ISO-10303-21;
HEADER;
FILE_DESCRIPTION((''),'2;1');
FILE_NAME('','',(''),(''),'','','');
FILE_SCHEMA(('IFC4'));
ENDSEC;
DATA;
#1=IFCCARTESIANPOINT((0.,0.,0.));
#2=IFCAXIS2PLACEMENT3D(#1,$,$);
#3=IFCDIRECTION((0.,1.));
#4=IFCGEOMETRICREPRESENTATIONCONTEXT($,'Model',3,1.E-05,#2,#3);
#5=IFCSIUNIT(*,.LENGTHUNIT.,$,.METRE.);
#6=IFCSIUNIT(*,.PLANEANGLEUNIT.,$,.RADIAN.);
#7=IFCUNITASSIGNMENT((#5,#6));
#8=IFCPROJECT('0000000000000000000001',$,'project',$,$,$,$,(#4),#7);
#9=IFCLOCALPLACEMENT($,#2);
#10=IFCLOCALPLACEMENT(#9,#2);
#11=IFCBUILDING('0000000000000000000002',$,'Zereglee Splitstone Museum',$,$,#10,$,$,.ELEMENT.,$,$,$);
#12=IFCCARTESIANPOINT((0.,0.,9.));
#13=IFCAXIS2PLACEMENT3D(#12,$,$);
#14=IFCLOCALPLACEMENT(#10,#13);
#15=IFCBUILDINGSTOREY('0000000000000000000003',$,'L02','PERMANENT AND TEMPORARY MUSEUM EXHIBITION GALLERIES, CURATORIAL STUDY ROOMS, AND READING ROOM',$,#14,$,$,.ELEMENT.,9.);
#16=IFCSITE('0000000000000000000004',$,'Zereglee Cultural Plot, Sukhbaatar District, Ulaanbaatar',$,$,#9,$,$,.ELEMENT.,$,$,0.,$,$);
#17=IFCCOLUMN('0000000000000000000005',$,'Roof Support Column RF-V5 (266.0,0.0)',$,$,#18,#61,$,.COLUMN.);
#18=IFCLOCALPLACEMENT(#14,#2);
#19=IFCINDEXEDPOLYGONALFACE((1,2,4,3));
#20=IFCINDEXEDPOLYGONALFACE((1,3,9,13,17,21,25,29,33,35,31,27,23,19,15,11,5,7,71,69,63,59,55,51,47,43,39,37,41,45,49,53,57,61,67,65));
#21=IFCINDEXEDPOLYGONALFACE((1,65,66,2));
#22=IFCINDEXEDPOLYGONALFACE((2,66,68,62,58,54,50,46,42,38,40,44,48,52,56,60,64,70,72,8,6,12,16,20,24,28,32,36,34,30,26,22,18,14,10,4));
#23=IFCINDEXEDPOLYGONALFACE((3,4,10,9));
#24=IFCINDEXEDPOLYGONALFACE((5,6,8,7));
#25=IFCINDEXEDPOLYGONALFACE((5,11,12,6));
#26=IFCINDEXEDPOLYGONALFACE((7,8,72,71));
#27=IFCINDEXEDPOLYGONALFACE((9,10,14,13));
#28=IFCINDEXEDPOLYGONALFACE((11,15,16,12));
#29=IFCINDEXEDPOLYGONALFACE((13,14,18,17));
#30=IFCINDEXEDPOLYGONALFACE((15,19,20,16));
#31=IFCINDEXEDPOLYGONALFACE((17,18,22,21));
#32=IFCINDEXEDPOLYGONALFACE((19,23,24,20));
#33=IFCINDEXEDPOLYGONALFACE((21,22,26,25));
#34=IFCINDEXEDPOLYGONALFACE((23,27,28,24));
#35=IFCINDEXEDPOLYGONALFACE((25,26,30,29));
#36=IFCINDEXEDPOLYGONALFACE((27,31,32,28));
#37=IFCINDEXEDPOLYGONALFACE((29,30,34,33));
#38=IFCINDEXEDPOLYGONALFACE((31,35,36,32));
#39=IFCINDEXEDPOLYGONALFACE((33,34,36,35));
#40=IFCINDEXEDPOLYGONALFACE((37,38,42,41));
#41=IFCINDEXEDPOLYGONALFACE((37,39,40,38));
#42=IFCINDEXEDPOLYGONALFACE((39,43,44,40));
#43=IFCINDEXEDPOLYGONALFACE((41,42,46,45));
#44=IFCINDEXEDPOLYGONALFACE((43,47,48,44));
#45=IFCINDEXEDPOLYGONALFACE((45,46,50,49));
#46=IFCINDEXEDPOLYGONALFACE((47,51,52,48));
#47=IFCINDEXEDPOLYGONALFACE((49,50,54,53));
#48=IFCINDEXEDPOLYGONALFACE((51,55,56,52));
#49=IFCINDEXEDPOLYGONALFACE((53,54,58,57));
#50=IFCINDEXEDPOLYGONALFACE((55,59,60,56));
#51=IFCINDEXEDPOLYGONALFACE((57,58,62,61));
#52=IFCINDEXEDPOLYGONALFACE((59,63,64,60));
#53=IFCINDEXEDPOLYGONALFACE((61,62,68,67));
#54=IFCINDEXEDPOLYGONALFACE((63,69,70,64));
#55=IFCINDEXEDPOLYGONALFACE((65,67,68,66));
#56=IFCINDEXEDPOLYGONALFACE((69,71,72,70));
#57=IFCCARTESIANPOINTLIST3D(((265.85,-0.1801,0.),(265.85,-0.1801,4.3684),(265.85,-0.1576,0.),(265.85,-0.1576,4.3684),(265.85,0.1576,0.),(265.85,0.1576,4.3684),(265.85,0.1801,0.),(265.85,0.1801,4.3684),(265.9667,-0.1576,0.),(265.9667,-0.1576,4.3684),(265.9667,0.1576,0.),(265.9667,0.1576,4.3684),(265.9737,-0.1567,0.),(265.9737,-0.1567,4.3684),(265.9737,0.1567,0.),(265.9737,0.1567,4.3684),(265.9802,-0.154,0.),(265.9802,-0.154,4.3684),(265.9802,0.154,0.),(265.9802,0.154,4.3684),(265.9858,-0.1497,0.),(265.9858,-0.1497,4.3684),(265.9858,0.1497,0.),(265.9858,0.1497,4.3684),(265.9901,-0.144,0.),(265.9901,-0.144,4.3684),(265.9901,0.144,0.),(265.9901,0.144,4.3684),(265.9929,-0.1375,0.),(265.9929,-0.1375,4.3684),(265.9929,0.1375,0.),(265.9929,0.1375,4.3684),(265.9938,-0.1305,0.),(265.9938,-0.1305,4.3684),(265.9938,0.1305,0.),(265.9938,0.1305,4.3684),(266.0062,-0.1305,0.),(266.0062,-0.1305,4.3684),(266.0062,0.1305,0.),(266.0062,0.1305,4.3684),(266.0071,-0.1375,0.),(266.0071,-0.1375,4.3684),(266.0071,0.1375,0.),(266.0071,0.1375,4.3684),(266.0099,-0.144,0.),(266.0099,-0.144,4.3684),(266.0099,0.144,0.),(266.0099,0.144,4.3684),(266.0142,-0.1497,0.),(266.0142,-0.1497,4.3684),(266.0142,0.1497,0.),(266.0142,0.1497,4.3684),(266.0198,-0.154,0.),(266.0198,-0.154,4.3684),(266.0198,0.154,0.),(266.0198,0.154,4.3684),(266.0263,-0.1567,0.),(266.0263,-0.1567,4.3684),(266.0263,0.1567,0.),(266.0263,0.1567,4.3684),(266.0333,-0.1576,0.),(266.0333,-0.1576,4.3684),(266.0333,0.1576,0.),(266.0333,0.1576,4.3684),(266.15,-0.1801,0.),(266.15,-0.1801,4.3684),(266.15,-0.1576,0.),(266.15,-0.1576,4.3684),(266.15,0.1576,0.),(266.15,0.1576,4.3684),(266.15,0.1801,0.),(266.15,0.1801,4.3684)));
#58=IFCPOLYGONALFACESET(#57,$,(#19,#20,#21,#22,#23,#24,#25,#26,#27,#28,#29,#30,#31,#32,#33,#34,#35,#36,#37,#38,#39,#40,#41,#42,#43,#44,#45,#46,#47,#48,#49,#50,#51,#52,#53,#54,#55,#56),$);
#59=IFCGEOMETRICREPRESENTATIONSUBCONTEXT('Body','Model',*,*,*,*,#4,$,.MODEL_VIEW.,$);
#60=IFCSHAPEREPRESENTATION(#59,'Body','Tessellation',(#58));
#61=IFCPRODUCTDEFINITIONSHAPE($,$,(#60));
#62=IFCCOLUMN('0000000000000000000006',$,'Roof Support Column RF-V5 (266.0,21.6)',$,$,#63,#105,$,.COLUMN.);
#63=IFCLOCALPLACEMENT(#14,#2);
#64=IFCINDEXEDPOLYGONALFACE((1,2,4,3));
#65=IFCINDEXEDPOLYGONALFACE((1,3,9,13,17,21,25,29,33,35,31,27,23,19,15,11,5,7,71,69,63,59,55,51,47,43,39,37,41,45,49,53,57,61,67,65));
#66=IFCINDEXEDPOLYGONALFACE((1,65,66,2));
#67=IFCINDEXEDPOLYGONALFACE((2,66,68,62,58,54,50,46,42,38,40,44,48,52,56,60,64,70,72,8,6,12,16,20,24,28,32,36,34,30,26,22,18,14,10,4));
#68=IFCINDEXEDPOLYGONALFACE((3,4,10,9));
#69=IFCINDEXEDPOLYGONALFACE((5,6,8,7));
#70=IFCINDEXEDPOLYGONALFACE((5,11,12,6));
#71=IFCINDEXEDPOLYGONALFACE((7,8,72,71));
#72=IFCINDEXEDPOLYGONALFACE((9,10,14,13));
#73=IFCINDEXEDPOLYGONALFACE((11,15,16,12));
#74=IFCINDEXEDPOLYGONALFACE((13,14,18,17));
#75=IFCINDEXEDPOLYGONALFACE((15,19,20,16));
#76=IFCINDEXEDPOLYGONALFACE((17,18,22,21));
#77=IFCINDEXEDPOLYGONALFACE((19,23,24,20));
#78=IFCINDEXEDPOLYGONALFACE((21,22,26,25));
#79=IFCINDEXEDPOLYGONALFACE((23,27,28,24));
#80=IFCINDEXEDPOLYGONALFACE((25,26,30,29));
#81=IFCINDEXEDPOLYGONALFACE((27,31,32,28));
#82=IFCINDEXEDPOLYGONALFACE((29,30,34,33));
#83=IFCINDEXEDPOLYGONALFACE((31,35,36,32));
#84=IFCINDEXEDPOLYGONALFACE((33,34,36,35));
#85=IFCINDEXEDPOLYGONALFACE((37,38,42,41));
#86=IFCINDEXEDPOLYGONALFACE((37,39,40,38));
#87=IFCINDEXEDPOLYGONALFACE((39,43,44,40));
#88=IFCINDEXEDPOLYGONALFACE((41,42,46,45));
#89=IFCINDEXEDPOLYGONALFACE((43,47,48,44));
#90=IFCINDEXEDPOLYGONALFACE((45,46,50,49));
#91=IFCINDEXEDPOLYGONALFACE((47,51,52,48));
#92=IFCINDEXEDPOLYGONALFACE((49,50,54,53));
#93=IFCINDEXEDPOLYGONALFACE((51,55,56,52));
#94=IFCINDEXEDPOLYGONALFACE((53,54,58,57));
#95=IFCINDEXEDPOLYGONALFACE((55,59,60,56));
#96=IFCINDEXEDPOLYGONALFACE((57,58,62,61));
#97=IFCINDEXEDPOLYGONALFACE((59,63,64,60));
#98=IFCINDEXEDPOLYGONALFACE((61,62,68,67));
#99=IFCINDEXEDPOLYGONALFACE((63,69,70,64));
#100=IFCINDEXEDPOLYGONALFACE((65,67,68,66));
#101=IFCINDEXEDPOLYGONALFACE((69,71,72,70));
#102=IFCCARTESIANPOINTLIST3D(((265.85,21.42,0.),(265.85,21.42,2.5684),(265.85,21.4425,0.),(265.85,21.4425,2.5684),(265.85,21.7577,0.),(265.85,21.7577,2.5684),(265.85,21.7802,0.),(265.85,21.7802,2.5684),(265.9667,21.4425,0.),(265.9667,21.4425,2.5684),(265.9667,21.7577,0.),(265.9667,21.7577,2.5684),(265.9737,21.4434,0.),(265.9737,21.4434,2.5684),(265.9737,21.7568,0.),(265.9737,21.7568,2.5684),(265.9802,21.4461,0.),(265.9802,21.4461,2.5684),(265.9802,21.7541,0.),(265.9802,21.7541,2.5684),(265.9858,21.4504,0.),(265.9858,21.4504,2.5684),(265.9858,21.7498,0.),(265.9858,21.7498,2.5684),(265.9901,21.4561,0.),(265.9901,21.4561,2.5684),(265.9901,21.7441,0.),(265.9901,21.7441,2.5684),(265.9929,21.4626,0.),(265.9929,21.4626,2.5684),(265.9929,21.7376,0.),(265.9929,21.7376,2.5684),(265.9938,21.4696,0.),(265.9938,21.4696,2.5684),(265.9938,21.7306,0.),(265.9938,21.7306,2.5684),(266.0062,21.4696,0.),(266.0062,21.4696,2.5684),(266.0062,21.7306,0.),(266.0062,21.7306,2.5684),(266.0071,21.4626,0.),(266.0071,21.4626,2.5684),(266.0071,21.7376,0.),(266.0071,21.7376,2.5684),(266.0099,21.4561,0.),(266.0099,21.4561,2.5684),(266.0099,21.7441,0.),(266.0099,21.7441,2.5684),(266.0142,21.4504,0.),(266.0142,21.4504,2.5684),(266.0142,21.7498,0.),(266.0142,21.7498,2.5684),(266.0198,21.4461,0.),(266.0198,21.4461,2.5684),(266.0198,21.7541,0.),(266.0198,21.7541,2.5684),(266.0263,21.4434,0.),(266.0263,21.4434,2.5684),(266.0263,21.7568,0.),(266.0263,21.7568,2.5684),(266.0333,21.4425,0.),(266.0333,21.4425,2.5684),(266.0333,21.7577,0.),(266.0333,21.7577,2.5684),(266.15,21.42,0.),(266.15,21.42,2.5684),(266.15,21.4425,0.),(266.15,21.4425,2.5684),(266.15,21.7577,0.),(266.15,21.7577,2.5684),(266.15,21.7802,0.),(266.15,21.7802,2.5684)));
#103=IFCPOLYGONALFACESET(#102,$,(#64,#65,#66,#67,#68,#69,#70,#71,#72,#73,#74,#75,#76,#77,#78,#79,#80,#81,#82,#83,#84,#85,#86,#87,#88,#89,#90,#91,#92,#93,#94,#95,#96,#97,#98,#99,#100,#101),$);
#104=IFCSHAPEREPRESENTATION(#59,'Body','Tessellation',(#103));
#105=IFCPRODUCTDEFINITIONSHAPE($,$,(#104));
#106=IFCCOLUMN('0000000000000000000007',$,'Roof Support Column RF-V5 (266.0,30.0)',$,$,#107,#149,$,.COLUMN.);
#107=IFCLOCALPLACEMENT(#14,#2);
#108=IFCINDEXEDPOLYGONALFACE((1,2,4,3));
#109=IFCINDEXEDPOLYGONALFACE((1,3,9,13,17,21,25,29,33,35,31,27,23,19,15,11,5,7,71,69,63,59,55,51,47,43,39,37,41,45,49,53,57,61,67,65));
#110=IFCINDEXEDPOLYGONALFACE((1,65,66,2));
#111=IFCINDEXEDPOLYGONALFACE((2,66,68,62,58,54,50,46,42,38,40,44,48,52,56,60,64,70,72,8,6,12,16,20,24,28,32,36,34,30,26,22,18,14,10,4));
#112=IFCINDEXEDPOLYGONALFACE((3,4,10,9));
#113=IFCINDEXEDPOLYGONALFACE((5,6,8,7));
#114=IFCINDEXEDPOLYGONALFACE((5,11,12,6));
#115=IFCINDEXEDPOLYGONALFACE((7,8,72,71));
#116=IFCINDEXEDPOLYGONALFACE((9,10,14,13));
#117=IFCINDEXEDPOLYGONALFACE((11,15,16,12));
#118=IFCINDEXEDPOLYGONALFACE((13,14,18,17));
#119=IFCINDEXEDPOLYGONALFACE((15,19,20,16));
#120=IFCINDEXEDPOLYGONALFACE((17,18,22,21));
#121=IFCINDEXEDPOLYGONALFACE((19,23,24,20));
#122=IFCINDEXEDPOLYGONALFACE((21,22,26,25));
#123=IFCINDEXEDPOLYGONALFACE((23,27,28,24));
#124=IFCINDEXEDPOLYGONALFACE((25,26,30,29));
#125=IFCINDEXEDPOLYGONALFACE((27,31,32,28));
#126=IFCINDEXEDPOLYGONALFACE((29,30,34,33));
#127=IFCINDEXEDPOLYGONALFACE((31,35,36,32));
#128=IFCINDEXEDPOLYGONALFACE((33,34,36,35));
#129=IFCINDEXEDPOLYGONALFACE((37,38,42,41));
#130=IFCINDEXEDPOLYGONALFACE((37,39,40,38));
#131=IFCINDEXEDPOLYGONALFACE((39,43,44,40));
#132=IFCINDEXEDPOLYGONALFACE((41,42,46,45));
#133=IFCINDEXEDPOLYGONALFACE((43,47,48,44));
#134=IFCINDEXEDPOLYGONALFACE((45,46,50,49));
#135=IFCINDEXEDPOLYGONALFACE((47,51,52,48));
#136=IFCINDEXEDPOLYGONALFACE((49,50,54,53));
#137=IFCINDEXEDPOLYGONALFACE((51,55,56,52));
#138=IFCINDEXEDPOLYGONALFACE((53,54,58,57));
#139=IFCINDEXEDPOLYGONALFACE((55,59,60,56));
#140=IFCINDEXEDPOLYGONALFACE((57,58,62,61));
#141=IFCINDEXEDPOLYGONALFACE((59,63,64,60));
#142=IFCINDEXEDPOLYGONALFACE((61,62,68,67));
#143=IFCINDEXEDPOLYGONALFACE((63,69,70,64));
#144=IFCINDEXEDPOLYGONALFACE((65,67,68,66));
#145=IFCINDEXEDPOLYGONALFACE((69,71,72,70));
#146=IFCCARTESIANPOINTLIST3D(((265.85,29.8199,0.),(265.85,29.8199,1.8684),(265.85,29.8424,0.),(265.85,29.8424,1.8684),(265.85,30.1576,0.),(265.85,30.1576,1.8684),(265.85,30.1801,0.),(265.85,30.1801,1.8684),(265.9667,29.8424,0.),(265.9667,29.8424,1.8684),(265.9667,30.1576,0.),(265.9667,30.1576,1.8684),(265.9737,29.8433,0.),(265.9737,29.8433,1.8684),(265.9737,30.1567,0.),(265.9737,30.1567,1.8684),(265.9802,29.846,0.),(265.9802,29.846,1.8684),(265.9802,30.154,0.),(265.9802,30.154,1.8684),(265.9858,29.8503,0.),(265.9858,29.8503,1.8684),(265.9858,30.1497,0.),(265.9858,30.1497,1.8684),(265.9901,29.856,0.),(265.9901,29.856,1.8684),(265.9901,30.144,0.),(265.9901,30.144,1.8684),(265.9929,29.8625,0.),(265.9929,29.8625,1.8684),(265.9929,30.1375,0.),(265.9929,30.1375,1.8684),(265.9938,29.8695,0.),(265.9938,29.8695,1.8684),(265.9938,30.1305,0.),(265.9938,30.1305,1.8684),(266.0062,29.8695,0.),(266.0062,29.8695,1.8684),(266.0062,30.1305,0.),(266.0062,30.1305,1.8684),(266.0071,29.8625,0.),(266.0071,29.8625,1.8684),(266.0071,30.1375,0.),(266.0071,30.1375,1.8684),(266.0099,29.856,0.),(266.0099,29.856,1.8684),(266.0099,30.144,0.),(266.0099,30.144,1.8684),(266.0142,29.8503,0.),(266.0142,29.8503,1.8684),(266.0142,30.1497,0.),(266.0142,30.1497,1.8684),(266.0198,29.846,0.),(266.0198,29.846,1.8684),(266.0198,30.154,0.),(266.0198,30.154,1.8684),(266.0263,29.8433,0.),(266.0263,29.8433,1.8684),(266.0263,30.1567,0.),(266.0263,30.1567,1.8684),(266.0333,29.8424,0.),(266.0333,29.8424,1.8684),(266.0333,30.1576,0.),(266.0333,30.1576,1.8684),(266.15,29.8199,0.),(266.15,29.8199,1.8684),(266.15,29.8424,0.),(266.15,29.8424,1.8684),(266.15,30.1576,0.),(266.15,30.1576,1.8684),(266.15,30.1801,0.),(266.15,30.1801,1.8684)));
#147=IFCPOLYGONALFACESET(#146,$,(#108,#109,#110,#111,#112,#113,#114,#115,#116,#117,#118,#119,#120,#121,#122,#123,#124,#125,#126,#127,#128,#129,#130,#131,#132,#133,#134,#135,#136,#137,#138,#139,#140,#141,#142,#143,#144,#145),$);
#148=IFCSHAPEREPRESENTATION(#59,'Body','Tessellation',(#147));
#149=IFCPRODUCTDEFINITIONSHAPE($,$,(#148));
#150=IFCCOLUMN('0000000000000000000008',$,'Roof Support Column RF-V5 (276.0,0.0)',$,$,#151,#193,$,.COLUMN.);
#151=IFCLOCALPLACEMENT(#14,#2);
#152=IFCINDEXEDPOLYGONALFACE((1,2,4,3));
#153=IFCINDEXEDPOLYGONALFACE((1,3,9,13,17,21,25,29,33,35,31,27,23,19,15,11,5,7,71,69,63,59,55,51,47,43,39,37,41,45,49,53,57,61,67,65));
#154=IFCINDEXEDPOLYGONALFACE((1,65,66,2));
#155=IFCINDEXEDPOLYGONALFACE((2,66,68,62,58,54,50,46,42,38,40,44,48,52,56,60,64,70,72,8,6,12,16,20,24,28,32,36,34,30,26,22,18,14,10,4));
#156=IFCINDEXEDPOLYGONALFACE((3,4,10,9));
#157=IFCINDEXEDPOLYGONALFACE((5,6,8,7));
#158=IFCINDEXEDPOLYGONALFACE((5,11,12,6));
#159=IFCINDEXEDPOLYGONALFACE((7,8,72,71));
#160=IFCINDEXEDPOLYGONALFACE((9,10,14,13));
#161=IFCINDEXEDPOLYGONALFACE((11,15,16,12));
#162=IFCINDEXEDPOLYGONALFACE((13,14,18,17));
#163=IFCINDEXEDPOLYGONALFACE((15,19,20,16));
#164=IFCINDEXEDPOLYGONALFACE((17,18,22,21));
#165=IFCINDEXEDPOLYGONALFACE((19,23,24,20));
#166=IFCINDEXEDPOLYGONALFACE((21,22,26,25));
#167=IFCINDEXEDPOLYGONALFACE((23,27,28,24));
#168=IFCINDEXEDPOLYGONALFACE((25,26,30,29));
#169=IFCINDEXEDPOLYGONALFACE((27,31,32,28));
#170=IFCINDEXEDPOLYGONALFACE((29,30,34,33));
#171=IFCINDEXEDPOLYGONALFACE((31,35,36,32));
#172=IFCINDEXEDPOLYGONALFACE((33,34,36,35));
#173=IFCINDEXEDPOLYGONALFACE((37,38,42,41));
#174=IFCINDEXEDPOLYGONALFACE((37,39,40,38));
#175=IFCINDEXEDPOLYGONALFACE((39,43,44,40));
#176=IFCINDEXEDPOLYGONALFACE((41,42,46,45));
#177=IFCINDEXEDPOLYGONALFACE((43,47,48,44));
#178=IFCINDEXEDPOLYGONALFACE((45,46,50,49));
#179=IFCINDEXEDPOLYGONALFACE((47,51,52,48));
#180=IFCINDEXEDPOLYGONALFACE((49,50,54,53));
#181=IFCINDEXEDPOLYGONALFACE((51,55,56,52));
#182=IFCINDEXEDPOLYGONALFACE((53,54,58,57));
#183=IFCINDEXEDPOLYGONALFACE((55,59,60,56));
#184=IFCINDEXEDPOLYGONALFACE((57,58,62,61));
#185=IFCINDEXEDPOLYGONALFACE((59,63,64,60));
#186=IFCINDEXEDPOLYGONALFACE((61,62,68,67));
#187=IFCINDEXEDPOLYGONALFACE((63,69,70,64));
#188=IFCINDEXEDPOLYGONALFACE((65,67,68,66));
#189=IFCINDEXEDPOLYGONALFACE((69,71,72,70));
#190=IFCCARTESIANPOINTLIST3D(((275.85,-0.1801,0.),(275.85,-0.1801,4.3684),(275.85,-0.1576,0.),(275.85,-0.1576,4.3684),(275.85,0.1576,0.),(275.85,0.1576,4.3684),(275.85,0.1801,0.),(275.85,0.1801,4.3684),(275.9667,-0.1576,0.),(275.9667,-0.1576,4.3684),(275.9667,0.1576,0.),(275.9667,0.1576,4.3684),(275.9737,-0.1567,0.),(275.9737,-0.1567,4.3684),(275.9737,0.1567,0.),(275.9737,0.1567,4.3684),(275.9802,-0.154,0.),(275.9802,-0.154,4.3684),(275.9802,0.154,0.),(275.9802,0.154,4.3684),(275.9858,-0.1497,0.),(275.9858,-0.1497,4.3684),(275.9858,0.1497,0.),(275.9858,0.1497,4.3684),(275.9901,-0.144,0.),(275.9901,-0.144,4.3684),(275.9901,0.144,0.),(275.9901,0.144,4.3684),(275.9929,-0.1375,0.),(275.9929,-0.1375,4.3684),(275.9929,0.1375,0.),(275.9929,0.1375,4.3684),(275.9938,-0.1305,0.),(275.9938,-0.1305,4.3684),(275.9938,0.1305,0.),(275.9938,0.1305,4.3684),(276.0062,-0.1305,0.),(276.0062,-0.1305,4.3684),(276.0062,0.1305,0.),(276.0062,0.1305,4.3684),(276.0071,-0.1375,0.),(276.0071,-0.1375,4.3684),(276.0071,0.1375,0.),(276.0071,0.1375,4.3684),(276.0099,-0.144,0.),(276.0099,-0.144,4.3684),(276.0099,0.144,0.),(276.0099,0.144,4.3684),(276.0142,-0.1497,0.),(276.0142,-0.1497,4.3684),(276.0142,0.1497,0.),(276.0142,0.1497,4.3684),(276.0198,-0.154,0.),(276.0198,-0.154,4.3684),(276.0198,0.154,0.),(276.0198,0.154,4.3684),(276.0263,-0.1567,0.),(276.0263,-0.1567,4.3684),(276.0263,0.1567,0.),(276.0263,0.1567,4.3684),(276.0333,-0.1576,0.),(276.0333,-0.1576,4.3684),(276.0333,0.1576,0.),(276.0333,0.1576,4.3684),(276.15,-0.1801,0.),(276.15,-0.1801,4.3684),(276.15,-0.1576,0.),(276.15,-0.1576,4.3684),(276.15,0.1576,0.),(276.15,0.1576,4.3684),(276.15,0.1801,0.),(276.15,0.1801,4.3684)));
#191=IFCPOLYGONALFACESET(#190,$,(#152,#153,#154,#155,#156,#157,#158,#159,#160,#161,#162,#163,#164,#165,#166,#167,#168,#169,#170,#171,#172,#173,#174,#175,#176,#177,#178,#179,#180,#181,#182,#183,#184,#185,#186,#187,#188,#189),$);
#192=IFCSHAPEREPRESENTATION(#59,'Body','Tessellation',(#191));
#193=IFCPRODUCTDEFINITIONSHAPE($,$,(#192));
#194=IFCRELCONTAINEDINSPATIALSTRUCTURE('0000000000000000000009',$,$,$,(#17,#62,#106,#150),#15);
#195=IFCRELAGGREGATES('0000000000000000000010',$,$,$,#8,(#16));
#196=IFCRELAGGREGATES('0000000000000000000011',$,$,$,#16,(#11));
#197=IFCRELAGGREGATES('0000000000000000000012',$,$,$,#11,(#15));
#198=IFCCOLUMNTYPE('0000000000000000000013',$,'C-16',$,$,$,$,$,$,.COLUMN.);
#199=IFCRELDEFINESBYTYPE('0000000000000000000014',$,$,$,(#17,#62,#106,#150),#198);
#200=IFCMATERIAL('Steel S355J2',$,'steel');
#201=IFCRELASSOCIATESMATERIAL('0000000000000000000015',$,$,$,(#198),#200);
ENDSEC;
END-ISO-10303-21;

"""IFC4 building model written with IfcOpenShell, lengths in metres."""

from ifc_helpers import new_model, si_unit, direction, frame, origin, origin_2d, place, context, subcontext, project, spatial, i_section, extrude, material, material_profile, profile_set, type_object, element, save


model = new_model("IFC4")

# Units and contexts
model_context = context("Model", 3, precision=1e-05, world=origin(), true_north=direction((0.0, 1.0)))
body_context = subcontext(model_context, "Body", "Model", "MODEL_VIEW")
ifc_project = project(units=[si_unit("LENGTHUNIT", "METRE"), si_unit("PLANEANGLEUNIT", "RADIAN")], contexts=[model_context])

# Site, building, storey
site_placement = place(None, origin())
site = spatial("IfcSite", under=ifc_project, at=site_placement, Name="Zereglee Cultural Plot, Sukhbaatar District, Ulaanbaatar", CompositionType="ELEMENT", RefElevation=0.0)
building_placement = place(site_placement, origin())
building = spatial("IfcBuilding", under=site, at=building_placement, Name="Zereglee Splitstone Museum", CompositionType="ELEMENT")
storey_placement = place(building_placement, frame((0.0, 0.0, 9.0)))
storey = spatial("IfcBuildingStorey", under=building, at=storey_placement, Name="L02", Description="PERMANENT AND TEMPORARY MUSEUM EXHIBITION GALLERIES, CURATORIAL STUDY ROOMS, AND READING ROOM", CompositionType="ELEMENT", Elevation=9.0)

# Columns
ifc_material_1 = material(Name="Steel S355J2", Category="steel")
ifc_material_profile_1 = material_profile(ifc_material_1, i_section(OverallWidth=0.3, OverallDepth=0.3601, WebThickness=0.0125, FlangeThickness=0.0225, FilletRadius=0.0271, at=origin_2d()), Name="HE 360 B")
ifc_profile_set_1 = profile_set([ifc_material_profile_1], Name="Steel S355J2")
column_type = type_object("IfcColumnType", Name="C-16", PredefinedType="COLUMN", material=ifc_profile_set_1)
column_1_placement = place(storey_placement, frame((266.0, 0.0, 0.0), z_axis=(0.0, 0.0, 1.0), x_axis=(1.0, 0.0, 0.0)))
element("IfcColumn", 1, at=column_1_placement, inside=storey, type_object=column_type, Name="Roof Support Column RF-V5 (266.0,0.0)", PredefinedType="COLUMN", context=body_context, shape_type="SweptSolid", body=[
    extrude(i_section(OverallWidth=0.3, OverallDepth=0.3601, WebThickness=0.0125, FlangeThickness=0.0225, FilletRadius=0.0271, at=origin_2d()), origin(), (0.0, 0.0, 1.0), 4.3684),
])
column_2_placement = place(storey_placement, frame((266.0, 21.6001, 0.0), z_axis=(0.0, 0.0, 1.0), x_axis=(1.0, 0.0, 0.0)))
element("IfcColumn", 2, at=column_2_placement, inside=storey, type_object=column_type, Name="Roof Support Column RF-V5 (266.0,21.6)", PredefinedType="COLUMN", context=body_context, shape_type="SweptSolid", body=[
    extrude(i_section(OverallWidth=0.3, OverallDepth=0.3601, WebThickness=0.0125, FlangeThickness=0.0225, FilletRadius=0.0271, at=origin_2d()), origin(), (0.0, 0.0, 1.0), 2.5684),
])
column_3_placement = place(storey_placement, frame((266.0, 30.0, 0.0), z_axis=(0.0, 0.0, 1.0), x_axis=(1.0, 0.0, 0.0)))
element("IfcColumn", 3, at=column_3_placement, inside=storey, type_object=column_type, Name="Roof Support Column RF-V5 (266.0,30.0)", PredefinedType="COLUMN", context=body_context, shape_type="SweptSolid", body=[
    extrude(i_section(OverallWidth=0.3, OverallDepth=0.3601, WebThickness=0.0125, FlangeThickness=0.0225, FilletRadius=0.0271, at=origin_2d()), origin(), (0.0, 0.0, 1.0), 1.8684),
])
column_4_placement = place(storey_placement, frame((276.0, 0.0, 0.0), z_axis=(0.0, 0.0, 1.0), x_axis=(1.0, 0.0, 0.0)))
element("IfcColumn", 4, at=column_4_placement, inside=storey, type_object=column_type, Name="Roof Support Column RF-V5 (276.0,0.0)", PredefinedType="COLUMN", context=body_context, shape_type="SweptSolid", body=[
    extrude(i_section(OverallWidth=0.3, OverallDepth=0.3601, WebThickness=0.0125, FlangeThickness=0.0225, FilletRadius=0.0271, at=origin_2d()), origin(), (0.0, 0.0, 1.0), 4.3684),
])

save(model, "model.ifc")
